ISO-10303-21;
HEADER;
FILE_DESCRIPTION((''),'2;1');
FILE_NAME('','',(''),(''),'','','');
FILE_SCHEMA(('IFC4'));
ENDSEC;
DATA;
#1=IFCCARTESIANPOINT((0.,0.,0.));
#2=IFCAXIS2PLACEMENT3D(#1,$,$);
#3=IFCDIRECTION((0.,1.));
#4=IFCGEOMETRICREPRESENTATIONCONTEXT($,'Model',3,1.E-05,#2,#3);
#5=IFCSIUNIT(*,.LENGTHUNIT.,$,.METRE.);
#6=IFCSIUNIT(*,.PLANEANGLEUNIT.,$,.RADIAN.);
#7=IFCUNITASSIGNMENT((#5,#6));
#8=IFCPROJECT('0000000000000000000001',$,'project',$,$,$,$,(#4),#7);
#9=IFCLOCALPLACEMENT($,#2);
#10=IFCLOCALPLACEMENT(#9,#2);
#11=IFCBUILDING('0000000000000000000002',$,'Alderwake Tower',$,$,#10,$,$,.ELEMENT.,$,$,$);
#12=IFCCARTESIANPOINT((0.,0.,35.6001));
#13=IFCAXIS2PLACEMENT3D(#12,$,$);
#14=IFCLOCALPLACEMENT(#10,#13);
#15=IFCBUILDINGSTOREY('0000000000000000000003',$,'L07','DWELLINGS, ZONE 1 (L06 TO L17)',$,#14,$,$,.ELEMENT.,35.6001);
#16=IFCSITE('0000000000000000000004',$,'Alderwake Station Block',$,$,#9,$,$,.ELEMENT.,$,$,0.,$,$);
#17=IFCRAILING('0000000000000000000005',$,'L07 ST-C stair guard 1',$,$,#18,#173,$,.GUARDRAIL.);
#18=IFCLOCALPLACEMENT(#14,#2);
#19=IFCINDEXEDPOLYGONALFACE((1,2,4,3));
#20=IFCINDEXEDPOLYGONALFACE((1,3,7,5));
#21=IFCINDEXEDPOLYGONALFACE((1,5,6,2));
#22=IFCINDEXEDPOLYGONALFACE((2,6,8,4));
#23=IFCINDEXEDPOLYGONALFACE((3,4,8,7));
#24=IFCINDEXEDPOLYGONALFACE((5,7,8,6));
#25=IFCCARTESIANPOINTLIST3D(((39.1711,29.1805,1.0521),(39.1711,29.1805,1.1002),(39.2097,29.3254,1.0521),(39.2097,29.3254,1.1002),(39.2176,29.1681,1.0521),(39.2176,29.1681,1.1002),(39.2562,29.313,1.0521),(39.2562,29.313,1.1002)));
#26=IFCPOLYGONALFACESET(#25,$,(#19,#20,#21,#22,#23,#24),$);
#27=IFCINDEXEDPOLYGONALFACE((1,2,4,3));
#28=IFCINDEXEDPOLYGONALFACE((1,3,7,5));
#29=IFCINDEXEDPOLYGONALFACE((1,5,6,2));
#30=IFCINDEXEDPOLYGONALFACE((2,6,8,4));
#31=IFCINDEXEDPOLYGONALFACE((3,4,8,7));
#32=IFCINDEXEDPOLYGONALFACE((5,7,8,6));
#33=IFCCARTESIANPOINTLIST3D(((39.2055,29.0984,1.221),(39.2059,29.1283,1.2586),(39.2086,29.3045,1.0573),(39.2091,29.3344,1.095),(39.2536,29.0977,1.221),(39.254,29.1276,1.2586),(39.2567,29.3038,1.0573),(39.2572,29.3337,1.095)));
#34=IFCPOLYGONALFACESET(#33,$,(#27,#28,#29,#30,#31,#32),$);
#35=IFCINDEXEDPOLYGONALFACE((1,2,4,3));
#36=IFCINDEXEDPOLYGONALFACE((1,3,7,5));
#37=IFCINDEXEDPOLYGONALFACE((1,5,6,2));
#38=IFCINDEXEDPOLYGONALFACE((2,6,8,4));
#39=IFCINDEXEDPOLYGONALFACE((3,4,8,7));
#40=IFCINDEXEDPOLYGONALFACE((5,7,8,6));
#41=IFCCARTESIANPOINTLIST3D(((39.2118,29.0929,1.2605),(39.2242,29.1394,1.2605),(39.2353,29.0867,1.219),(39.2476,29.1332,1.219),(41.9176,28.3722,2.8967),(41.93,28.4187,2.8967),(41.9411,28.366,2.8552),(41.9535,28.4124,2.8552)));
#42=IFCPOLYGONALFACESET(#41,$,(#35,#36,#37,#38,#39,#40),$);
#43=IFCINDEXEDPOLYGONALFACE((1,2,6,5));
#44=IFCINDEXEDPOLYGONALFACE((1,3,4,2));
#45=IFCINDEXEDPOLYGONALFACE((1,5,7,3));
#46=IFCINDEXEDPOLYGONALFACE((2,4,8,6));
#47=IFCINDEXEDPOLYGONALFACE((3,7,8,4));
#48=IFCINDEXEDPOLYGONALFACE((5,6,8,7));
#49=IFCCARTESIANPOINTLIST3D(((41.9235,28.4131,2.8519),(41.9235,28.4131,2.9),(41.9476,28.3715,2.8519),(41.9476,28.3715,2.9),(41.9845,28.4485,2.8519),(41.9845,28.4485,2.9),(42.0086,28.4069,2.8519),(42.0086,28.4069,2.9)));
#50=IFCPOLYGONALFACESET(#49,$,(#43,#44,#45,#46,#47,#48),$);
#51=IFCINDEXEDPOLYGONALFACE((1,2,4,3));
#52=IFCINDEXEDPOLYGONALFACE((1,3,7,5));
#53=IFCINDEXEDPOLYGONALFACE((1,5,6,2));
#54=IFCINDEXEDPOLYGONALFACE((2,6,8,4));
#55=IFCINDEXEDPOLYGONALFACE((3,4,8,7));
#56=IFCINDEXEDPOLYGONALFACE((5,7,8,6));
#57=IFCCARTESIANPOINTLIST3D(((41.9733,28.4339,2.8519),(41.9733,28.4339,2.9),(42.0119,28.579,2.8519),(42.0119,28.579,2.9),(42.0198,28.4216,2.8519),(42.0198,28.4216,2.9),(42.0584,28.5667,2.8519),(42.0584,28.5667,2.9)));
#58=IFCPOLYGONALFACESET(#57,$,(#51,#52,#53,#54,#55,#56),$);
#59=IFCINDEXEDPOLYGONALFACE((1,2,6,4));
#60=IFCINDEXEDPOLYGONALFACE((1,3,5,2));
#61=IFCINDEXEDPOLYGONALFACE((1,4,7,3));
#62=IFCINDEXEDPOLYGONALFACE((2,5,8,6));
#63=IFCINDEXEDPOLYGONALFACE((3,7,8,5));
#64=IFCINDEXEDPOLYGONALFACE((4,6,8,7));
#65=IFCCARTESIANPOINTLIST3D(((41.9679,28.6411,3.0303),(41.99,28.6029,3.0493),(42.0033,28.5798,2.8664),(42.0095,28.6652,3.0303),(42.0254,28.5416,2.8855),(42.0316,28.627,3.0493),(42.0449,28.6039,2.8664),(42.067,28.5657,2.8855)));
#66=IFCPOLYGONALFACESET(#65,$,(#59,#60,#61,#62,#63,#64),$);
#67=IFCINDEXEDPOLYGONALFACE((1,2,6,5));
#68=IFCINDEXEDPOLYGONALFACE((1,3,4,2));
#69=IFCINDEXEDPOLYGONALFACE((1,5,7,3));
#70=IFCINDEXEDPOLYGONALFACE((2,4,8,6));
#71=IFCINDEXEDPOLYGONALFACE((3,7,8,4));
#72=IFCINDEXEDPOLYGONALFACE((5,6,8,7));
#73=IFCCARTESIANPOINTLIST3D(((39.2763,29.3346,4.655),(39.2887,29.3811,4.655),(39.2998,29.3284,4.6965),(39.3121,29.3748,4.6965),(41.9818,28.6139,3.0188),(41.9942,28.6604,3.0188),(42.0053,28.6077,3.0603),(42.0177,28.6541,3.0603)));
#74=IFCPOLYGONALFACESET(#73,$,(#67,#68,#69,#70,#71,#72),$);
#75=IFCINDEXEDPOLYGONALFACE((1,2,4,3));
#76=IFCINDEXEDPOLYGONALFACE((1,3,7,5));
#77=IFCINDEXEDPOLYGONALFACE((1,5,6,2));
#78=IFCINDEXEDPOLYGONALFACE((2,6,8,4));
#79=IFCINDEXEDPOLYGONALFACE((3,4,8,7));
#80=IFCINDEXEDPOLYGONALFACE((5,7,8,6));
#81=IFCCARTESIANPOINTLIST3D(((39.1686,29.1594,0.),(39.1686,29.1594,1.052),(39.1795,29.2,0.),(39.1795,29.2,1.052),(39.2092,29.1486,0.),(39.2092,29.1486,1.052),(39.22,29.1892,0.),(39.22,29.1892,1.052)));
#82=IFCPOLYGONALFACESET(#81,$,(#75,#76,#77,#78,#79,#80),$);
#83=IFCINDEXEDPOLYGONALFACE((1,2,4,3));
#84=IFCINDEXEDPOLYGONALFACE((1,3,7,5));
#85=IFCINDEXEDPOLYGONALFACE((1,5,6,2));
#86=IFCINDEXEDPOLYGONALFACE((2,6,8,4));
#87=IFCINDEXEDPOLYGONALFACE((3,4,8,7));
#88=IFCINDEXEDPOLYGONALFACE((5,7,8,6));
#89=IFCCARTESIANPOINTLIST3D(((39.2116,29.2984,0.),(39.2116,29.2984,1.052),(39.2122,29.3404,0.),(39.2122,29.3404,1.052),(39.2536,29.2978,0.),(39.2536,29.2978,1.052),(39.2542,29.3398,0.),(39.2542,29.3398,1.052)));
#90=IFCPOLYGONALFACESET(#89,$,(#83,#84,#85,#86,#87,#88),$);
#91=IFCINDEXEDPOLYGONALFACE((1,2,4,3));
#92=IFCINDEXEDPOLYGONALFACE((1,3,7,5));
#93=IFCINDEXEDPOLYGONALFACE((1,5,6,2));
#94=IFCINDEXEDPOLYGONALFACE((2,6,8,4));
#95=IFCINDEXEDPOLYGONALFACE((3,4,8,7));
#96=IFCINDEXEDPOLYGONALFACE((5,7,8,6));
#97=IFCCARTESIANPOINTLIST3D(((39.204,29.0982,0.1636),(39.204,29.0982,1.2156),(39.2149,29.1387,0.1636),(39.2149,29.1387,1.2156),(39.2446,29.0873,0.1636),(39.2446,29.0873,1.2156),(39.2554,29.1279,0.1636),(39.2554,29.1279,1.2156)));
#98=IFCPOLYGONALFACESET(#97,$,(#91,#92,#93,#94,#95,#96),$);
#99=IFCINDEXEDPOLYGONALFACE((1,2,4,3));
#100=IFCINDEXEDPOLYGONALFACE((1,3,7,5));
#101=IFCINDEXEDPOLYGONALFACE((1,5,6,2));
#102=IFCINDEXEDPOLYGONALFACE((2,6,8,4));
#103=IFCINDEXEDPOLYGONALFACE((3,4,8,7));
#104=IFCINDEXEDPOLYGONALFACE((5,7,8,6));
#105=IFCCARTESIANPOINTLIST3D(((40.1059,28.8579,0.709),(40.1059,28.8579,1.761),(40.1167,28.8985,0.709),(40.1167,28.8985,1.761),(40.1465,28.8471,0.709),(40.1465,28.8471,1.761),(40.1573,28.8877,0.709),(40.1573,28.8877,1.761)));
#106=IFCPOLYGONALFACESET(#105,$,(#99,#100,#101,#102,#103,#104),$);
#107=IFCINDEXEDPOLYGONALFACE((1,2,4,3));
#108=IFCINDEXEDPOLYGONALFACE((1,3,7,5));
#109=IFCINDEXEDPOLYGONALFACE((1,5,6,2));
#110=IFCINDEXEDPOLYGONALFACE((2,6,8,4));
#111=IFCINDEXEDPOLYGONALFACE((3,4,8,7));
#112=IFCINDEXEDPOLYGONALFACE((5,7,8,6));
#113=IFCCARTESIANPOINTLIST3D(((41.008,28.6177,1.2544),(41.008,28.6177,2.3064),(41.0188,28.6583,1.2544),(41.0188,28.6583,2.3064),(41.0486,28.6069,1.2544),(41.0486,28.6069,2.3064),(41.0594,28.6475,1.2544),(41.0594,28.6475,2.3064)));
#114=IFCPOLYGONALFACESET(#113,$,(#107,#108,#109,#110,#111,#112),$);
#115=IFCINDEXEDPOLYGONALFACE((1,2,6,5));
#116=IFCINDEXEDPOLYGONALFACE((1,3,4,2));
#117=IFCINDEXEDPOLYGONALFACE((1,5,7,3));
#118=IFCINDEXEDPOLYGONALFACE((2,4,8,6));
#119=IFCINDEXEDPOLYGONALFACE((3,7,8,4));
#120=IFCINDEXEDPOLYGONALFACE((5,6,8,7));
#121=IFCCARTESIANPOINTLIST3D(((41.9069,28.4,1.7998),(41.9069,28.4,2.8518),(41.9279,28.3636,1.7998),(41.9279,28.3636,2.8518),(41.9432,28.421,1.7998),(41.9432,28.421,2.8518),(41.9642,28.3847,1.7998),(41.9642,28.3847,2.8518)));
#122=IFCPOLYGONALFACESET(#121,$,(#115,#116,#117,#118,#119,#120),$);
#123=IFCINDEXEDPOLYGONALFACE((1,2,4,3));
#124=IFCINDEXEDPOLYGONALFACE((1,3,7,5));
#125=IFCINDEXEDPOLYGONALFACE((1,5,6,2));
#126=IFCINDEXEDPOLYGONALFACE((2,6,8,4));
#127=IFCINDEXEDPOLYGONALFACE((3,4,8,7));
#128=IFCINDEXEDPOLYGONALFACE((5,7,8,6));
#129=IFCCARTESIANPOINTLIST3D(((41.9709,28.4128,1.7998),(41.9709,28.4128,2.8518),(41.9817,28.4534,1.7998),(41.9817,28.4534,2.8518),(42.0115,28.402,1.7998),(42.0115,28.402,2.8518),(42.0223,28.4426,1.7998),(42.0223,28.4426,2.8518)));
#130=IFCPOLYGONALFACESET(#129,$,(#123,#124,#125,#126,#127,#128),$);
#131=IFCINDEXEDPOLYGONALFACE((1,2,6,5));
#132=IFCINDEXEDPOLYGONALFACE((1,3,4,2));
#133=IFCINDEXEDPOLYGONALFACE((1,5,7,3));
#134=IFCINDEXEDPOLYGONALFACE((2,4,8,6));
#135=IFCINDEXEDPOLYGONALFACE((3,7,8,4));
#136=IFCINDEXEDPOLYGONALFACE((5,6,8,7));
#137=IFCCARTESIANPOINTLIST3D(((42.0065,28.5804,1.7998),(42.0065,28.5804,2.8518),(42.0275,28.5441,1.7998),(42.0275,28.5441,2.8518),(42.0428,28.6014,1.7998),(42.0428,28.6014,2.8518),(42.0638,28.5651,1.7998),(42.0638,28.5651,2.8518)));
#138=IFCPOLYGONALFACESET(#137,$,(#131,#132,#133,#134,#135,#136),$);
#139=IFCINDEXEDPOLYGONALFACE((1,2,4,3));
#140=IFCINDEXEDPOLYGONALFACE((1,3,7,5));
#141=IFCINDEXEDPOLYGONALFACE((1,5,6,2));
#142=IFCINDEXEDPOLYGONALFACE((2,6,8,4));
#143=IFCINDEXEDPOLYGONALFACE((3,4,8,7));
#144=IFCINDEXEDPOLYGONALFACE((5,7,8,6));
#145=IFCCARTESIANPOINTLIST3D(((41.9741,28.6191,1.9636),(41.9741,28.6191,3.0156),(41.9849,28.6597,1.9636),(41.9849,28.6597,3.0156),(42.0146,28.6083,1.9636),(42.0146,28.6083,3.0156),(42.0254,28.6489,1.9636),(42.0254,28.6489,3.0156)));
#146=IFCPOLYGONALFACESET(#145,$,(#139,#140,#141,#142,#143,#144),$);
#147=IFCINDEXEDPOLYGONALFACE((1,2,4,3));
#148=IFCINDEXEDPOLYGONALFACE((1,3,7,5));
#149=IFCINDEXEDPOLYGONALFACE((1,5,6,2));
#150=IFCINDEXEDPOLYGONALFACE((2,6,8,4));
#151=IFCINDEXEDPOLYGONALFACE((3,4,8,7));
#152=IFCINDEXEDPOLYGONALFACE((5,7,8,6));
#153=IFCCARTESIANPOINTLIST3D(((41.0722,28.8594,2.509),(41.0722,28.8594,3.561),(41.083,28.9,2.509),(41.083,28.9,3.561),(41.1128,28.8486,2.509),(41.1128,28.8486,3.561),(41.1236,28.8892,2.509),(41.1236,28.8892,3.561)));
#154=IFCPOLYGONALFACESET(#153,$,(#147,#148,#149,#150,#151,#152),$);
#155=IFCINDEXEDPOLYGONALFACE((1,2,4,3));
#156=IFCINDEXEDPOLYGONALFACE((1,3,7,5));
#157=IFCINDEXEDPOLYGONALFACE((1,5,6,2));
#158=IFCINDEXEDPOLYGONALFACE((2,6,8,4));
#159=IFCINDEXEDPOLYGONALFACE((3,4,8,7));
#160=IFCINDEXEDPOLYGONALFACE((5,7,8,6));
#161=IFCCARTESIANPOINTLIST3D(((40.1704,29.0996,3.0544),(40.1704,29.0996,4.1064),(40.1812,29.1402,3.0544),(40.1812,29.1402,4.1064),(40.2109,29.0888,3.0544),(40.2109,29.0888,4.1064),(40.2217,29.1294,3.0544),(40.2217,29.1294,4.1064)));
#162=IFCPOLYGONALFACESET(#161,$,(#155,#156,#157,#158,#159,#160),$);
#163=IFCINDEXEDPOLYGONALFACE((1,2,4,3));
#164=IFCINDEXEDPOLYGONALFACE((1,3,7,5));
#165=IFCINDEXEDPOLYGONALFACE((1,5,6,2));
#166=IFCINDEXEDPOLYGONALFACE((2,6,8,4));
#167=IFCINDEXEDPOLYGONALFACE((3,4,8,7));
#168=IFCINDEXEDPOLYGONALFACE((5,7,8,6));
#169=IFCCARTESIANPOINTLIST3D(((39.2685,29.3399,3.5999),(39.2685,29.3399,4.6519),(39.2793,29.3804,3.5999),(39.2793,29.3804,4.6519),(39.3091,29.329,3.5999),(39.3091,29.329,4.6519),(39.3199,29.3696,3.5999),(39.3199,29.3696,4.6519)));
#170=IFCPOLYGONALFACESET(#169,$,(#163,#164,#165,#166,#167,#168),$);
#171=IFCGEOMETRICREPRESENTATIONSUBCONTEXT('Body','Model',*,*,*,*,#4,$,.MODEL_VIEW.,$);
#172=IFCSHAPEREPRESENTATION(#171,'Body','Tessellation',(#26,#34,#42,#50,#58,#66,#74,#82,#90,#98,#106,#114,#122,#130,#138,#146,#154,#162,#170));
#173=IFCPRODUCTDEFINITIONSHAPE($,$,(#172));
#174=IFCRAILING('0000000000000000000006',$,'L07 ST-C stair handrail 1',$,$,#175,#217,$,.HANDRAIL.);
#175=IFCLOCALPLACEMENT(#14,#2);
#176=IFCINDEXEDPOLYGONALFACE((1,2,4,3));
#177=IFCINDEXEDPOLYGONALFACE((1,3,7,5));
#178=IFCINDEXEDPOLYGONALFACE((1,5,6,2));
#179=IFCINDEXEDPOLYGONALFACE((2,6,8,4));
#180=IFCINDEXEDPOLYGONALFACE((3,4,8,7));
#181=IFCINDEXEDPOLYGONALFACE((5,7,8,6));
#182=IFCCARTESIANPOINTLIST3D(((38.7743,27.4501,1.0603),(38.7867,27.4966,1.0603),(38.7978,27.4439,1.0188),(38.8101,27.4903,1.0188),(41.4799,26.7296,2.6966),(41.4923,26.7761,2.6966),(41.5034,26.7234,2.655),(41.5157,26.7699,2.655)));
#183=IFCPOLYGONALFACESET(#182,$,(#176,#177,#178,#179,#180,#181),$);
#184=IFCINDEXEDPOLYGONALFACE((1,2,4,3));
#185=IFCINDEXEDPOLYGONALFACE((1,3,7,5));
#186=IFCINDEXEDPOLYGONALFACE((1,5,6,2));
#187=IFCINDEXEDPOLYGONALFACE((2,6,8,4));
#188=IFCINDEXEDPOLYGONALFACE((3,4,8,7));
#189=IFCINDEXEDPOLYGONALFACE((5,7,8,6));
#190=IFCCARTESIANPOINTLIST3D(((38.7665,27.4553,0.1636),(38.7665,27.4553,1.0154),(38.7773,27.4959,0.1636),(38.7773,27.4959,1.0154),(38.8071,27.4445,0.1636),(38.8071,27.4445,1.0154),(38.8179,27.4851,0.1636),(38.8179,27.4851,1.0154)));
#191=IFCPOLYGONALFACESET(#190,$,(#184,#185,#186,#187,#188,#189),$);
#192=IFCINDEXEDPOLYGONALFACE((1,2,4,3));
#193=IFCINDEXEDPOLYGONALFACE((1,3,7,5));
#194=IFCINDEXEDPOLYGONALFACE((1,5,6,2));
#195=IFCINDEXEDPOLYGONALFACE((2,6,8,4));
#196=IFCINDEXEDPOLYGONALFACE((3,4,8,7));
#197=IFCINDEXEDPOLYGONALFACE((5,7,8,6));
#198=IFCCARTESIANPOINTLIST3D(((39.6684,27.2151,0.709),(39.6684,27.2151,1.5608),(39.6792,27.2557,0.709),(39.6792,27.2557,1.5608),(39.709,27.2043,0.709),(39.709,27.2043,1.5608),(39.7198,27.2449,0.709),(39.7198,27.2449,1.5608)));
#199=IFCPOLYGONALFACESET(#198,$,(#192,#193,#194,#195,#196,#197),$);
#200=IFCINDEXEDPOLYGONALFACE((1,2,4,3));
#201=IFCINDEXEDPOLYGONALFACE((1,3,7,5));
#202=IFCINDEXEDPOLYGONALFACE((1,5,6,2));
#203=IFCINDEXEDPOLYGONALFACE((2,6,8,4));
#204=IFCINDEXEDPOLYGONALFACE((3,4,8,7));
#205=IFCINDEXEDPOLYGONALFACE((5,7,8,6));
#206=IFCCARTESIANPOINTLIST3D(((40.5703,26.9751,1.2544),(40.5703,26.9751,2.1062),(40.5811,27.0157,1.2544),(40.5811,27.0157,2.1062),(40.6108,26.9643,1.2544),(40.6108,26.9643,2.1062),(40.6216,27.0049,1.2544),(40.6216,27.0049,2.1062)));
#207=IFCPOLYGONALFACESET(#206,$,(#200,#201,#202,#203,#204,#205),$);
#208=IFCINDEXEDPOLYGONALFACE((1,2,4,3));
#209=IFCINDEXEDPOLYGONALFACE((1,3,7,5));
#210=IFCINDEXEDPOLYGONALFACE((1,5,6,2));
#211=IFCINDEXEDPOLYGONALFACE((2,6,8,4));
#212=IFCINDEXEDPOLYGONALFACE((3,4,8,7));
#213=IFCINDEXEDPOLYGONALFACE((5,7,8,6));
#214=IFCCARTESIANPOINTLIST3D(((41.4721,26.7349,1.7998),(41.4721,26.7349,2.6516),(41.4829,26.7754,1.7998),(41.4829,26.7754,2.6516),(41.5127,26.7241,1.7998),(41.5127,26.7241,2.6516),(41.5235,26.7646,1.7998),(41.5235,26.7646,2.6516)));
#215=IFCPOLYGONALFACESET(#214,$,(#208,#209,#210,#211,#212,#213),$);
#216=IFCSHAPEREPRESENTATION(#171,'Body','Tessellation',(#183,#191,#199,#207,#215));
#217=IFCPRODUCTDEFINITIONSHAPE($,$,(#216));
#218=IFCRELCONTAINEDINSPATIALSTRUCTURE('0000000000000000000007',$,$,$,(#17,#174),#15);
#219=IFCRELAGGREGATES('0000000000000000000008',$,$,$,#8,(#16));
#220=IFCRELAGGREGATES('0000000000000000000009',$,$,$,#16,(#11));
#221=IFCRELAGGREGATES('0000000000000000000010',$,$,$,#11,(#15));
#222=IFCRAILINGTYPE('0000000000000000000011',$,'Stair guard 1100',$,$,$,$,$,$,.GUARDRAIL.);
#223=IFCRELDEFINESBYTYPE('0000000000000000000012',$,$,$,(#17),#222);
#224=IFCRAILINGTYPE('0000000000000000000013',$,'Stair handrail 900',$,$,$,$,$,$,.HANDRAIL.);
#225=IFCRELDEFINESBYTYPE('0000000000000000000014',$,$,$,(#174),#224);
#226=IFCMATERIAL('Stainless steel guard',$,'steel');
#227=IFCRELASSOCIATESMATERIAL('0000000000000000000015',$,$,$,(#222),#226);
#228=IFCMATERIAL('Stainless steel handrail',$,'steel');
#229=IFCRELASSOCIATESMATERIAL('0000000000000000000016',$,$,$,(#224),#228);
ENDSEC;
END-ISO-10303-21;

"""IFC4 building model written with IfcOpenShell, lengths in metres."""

from ifc_helpers import new_model, si_unit, direction, frame, origin, origin_2d, place, context, subcontext, project, spatial, rectangle, extrude, material, type_object, element, save


model = new_model("IFC4")

# Units and contexts
model_context = context("Model", 3, precision=1e-05, world=origin(), true_north=direction((0.0, 1.0)))
body_context = subcontext(model_context, "Body", "Model", "MODEL_VIEW")
ifc_project = project(units=[si_unit("LENGTHUNIT", "METRE"), si_unit("PLANEANGLEUNIT", "RADIAN")], contexts=[model_context])

# Site, building, storey
site_placement = place(None, origin())
site = spatial("IfcSite", under=ifc_project, at=site_placement, Name="Alderwake Station Block", CompositionType="ELEMENT", RefElevation=0.0)
building_placement = place(site_placement, origin())
building = spatial("IfcBuilding", under=site, at=building_placement, Name="Alderwake Tower", CompositionType="ELEMENT")
storey_placement = place(building_placement, frame((0.0, 0.0, 35.6001)))
storey = spatial("IfcBuildingStorey", under=building, at=storey_placement, Name="L07", Description="DWELLINGS, ZONE 1 (L06 TO L17)", CompositionType="ELEMENT", Elevation=35.6001)

# Railings
ifc_material_1 = material(Name="Stainless steel guard", Category="steel")
railing_type_1 = type_object("IfcRailingType", Name="Stair guard 1100", PredefinedType="GUARDRAIL", material=ifc_material_1)
railing_1_placement = place(storey_placement, frame((39.1943, 29.1743, 0.0)))
element("IfcRailing", 1, at=railing_1_placement, inside=storey, type_object=railing_type_1, Name="L07 ST-C stair guard 1", PredefinedType="GUARDRAIL", context=body_context, shape_type="SweptSolid", body=[
    extrude(rectangle(XDim=0.0481, YDim=0.0481, at=origin_2d()), frame((0.0, 0.0, 1.0762), z_axis=(0.25746, 0.966289, 0.0), x_axis=(-0.966289, 0.25746, 0.0)), (0.0, 0.0, 1.0), 0.1499),
    extrude(rectangle(XDim=0.0481, YDim=0.0481, at=origin_2d()), frame((0.0386, 0.1448, 1.0762), z_axis=(-0.012063, -0.78316, 0.621703), x_axis=(0.999881, -0.015401, 0.0)), (0.0, 0.0, 1.0), 0.2632),
    extrude(rectangle(XDim=0.0481, YDim=0.0481, at=origin_2d()), frame((0.0354, -0.0613, 1.2397), z_axis=(0.834314, -0.222223, 0.504518), x_axis=(0.25738, 0.96631, 0.0)), (0.0, 0.0, 1.0), 3.2432),
    extrude(rectangle(XDim=0.0481, YDim=0.0481, at=origin_2d()), frame((2.7412, -0.782, 2.876), z_axis=(0.865031, 0.501718, 0.0), x_axis=(-0.501718, 0.865031, 0.0)), (0.0, 0.0, 1.0), 0.0706),
    extrude(rectangle(XDim=0.0481, YDim=0.0481, at=origin_2d()), frame((2.8022, -0.7466, 2.876), z_axis=(0.257055, 0.966397, 0.0), x_axis=(-0.966397, 0.257055, 0.0)), (0.0, 0.0, 1.0), 0.1501),
    extrude(rectangle(XDim=0.0481, YDim=0.0481, at=origin_2d()), frame((2.8408, -0.6016, 2.876), z_axis=(-0.198376, 0.343395, 0.918001), x_axis=(-0.865898, -0.50022, 0.0)), (0.0, 0.0, 1.0), 0.1785),
    extrude(rectangle(XDim=0.0481, YDim=0.0481, at=origin_2d()), frame((2.8054, -0.5403, 3.0396), z_axis=(-0.834291, 0.222237, 0.504549), x_axis=(-0.257402, -0.966304, 0.0)), (0.0, 0.0, 1.0), 3.2429),
    extrude(rectangle(XDim=0.042, YDim=0.042, at=origin_2d()), frame((0.0, 0.0, 0.0), z_axis=(0.0, 0.0, 1.0), x_axis=(0.25746, 0.966289, 0.0)), (0.0, 0.0, 1.0), 1.052),
    extrude(rectangle(XDim=0.042, YDim=0.042, at=origin_2d()), frame((0.0386, 0.1448, 0.0), z_axis=(0.0, 0.0, 1.0), x_axis=(-0.015401, -0.999881, 0.0)), (0.0, 0.0, 1.0), 1.052),
    extrude(rectangle(XDim=0.042, YDim=0.042, at=origin_2d()), frame((0.0354, -0.0613, 0.1636), z_axis=(0.0, 0.0, 1.0), x_axis=(0.96631, -0.25738, 0.0)), (0.0, 0.0, 1.0), 1.052),
    extrude(rectangle(XDim=0.042, YDim=0.042, at=origin_2d()), frame((0.9373, -0.3015, 0.709), z_axis=(0.0, 0.0, 1.0), x_axis=(0.96631, -0.25738, 0.0)), (0.0, 0.0, 1.0), 1.052),
    extrude(rectangle(XDim=0.042, YDim=0.042, at=origin_2d()), frame((1.8394, -0.5417, 1.2544), z_axis=(0.0, 0.0, 1.0), x_axis=(0.96631, -0.25738, 0.0)), (0.0, 0.0, 1.0), 1.052),
    extrude(rectangle(XDim=0.042, YDim=0.042, at=origin_2d()), frame((2.7412, -0.782, 1.7998), z_axis=(0.0, 0.0, 1.0), x_axis=(0.865031, 0.501718, 0.0)), (0.0, 0.0, 1.0), 1.052),
    extrude(rectangle(XDim=0.042, YDim=0.042, at=origin_2d()), frame((2.8022, -0.7466, 1.7998), z_axis=(0.0, 0.0, 1.0), x_axis=(0.257055, 0.966397, 0.0)), (0.0, 0.0, 1.0), 1.052),
    extrude(rectangle(XDim=0.042, YDim=0.042, at=origin_2d()), frame((2.8408, -0.6016, 1.7998), z_axis=(0.0, 0.0, 1.0), x_axis=(-0.50022, 0.865898, 0.0)), (0.0, 0.0, 1.0), 1.052),
    extrude(rectangle(XDim=0.042, YDim=0.042, at=origin_2d()), frame((2.8054, -0.5403, 1.9636), z_axis=(0.0, 0.0, 1.0), x_axis=(-0.966304, 0.257402, 0.0)), (0.0, 0.0, 1.0), 1.052),
    extrude(rectangle(XDim=0.042, YDim=0.042, at=origin_2d()), frame((1.9036, -0.3, 2.509), z_axis=(0.0, 0.0, 1.0), x_axis=(-0.966304, 0.257402, 0.0)), (0.0, 0.0, 1.0), 1.052),
    extrude(rectangle(XDim=0.042, YDim=0.042, at=origin_2d()), frame((1.0017, -0.0598, 3.0544), z_axis=(0.0, 0.0, 1.0), x_axis=(-0.966304, 0.257402, 0.0)), (0.0, 0.0, 1.0), 1.052),
    extrude(rectangle(XDim=0.042, YDim=0.042, at=origin_2d()), frame((0.0999, 0.1804, 3.5999), z_axis=(0.0, 0.0, 1.0), x_axis=(-0.966304, 0.257402, 0.0)), (0.0, 0.0, 1.0), 1.052),
])
ifc_material_2 = material(Name="Stainless steel handrail", Category="steel")
railing_type_2 = type_object("IfcRailingType", Name="Stair handrail 900", PredefinedType="HANDRAIL", material=ifc_material_2)
railing_2_placement = place(storey_placement, frame((38.7922, 27.4702, 0.1636)))
element("IfcRailing", 2, at=railing_2_placement, inside=storey, type_object=railing_type_2, Name="L07 ST-C stair handrail 1", PredefinedType="HANDRAIL", context=body_context, shape_type="SweptSolid", body=[
    extrude(rectangle(XDim=0.0481, YDim=0.0481, at=origin_2d()), frame((0.0, 0.0, 0.876), z_axis=(0.834305, -0.222165, 0.504558), x_axis=(0.257321, 0.966326, 0.0)), (0.0, 0.0, 1.0), 3.2429),
    extrude(rectangle(XDim=0.042, YDim=0.042, at=origin_2d()), frame((0.0, 0.0, 0.0), z_axis=(0.0, 0.0, 1.0), x_axis=(0.966326, -0.257321, 0.0)), (0.0, 0.0, 1.0), 0.8518),
    extrude(rectangle(XDim=0.042, YDim=0.042, at=origin_2d()), frame((0.9019, -0.2402, 0.5454), z_axis=(0.0, 0.0, 1.0), x_axis=(0.966326, -0.257321, 0.0)), (0.0, 0.0, 1.0), 0.8518),
    extrude(rectangle(XDim=0.042, YDim=0.042, at=origin_2d()), frame((1.8037, -0.4802, 1.0908), z_axis=(0.0, 0.0, 1.0), x_axis=(0.966326, -0.257321, 0.0)), (0.0, 0.0, 1.0), 0.8518),
    extrude(rectangle(XDim=0.042, YDim=0.042, at=origin_2d()), frame((2.7056, -0.7205, 1.6362), z_axis=(0.0, 0.0, 1.0), x_axis=(0.966326, -0.257321, 0.0)), (0.0, 0.0, 1.0), 0.8518),
])

save(model, "model.ifc")
